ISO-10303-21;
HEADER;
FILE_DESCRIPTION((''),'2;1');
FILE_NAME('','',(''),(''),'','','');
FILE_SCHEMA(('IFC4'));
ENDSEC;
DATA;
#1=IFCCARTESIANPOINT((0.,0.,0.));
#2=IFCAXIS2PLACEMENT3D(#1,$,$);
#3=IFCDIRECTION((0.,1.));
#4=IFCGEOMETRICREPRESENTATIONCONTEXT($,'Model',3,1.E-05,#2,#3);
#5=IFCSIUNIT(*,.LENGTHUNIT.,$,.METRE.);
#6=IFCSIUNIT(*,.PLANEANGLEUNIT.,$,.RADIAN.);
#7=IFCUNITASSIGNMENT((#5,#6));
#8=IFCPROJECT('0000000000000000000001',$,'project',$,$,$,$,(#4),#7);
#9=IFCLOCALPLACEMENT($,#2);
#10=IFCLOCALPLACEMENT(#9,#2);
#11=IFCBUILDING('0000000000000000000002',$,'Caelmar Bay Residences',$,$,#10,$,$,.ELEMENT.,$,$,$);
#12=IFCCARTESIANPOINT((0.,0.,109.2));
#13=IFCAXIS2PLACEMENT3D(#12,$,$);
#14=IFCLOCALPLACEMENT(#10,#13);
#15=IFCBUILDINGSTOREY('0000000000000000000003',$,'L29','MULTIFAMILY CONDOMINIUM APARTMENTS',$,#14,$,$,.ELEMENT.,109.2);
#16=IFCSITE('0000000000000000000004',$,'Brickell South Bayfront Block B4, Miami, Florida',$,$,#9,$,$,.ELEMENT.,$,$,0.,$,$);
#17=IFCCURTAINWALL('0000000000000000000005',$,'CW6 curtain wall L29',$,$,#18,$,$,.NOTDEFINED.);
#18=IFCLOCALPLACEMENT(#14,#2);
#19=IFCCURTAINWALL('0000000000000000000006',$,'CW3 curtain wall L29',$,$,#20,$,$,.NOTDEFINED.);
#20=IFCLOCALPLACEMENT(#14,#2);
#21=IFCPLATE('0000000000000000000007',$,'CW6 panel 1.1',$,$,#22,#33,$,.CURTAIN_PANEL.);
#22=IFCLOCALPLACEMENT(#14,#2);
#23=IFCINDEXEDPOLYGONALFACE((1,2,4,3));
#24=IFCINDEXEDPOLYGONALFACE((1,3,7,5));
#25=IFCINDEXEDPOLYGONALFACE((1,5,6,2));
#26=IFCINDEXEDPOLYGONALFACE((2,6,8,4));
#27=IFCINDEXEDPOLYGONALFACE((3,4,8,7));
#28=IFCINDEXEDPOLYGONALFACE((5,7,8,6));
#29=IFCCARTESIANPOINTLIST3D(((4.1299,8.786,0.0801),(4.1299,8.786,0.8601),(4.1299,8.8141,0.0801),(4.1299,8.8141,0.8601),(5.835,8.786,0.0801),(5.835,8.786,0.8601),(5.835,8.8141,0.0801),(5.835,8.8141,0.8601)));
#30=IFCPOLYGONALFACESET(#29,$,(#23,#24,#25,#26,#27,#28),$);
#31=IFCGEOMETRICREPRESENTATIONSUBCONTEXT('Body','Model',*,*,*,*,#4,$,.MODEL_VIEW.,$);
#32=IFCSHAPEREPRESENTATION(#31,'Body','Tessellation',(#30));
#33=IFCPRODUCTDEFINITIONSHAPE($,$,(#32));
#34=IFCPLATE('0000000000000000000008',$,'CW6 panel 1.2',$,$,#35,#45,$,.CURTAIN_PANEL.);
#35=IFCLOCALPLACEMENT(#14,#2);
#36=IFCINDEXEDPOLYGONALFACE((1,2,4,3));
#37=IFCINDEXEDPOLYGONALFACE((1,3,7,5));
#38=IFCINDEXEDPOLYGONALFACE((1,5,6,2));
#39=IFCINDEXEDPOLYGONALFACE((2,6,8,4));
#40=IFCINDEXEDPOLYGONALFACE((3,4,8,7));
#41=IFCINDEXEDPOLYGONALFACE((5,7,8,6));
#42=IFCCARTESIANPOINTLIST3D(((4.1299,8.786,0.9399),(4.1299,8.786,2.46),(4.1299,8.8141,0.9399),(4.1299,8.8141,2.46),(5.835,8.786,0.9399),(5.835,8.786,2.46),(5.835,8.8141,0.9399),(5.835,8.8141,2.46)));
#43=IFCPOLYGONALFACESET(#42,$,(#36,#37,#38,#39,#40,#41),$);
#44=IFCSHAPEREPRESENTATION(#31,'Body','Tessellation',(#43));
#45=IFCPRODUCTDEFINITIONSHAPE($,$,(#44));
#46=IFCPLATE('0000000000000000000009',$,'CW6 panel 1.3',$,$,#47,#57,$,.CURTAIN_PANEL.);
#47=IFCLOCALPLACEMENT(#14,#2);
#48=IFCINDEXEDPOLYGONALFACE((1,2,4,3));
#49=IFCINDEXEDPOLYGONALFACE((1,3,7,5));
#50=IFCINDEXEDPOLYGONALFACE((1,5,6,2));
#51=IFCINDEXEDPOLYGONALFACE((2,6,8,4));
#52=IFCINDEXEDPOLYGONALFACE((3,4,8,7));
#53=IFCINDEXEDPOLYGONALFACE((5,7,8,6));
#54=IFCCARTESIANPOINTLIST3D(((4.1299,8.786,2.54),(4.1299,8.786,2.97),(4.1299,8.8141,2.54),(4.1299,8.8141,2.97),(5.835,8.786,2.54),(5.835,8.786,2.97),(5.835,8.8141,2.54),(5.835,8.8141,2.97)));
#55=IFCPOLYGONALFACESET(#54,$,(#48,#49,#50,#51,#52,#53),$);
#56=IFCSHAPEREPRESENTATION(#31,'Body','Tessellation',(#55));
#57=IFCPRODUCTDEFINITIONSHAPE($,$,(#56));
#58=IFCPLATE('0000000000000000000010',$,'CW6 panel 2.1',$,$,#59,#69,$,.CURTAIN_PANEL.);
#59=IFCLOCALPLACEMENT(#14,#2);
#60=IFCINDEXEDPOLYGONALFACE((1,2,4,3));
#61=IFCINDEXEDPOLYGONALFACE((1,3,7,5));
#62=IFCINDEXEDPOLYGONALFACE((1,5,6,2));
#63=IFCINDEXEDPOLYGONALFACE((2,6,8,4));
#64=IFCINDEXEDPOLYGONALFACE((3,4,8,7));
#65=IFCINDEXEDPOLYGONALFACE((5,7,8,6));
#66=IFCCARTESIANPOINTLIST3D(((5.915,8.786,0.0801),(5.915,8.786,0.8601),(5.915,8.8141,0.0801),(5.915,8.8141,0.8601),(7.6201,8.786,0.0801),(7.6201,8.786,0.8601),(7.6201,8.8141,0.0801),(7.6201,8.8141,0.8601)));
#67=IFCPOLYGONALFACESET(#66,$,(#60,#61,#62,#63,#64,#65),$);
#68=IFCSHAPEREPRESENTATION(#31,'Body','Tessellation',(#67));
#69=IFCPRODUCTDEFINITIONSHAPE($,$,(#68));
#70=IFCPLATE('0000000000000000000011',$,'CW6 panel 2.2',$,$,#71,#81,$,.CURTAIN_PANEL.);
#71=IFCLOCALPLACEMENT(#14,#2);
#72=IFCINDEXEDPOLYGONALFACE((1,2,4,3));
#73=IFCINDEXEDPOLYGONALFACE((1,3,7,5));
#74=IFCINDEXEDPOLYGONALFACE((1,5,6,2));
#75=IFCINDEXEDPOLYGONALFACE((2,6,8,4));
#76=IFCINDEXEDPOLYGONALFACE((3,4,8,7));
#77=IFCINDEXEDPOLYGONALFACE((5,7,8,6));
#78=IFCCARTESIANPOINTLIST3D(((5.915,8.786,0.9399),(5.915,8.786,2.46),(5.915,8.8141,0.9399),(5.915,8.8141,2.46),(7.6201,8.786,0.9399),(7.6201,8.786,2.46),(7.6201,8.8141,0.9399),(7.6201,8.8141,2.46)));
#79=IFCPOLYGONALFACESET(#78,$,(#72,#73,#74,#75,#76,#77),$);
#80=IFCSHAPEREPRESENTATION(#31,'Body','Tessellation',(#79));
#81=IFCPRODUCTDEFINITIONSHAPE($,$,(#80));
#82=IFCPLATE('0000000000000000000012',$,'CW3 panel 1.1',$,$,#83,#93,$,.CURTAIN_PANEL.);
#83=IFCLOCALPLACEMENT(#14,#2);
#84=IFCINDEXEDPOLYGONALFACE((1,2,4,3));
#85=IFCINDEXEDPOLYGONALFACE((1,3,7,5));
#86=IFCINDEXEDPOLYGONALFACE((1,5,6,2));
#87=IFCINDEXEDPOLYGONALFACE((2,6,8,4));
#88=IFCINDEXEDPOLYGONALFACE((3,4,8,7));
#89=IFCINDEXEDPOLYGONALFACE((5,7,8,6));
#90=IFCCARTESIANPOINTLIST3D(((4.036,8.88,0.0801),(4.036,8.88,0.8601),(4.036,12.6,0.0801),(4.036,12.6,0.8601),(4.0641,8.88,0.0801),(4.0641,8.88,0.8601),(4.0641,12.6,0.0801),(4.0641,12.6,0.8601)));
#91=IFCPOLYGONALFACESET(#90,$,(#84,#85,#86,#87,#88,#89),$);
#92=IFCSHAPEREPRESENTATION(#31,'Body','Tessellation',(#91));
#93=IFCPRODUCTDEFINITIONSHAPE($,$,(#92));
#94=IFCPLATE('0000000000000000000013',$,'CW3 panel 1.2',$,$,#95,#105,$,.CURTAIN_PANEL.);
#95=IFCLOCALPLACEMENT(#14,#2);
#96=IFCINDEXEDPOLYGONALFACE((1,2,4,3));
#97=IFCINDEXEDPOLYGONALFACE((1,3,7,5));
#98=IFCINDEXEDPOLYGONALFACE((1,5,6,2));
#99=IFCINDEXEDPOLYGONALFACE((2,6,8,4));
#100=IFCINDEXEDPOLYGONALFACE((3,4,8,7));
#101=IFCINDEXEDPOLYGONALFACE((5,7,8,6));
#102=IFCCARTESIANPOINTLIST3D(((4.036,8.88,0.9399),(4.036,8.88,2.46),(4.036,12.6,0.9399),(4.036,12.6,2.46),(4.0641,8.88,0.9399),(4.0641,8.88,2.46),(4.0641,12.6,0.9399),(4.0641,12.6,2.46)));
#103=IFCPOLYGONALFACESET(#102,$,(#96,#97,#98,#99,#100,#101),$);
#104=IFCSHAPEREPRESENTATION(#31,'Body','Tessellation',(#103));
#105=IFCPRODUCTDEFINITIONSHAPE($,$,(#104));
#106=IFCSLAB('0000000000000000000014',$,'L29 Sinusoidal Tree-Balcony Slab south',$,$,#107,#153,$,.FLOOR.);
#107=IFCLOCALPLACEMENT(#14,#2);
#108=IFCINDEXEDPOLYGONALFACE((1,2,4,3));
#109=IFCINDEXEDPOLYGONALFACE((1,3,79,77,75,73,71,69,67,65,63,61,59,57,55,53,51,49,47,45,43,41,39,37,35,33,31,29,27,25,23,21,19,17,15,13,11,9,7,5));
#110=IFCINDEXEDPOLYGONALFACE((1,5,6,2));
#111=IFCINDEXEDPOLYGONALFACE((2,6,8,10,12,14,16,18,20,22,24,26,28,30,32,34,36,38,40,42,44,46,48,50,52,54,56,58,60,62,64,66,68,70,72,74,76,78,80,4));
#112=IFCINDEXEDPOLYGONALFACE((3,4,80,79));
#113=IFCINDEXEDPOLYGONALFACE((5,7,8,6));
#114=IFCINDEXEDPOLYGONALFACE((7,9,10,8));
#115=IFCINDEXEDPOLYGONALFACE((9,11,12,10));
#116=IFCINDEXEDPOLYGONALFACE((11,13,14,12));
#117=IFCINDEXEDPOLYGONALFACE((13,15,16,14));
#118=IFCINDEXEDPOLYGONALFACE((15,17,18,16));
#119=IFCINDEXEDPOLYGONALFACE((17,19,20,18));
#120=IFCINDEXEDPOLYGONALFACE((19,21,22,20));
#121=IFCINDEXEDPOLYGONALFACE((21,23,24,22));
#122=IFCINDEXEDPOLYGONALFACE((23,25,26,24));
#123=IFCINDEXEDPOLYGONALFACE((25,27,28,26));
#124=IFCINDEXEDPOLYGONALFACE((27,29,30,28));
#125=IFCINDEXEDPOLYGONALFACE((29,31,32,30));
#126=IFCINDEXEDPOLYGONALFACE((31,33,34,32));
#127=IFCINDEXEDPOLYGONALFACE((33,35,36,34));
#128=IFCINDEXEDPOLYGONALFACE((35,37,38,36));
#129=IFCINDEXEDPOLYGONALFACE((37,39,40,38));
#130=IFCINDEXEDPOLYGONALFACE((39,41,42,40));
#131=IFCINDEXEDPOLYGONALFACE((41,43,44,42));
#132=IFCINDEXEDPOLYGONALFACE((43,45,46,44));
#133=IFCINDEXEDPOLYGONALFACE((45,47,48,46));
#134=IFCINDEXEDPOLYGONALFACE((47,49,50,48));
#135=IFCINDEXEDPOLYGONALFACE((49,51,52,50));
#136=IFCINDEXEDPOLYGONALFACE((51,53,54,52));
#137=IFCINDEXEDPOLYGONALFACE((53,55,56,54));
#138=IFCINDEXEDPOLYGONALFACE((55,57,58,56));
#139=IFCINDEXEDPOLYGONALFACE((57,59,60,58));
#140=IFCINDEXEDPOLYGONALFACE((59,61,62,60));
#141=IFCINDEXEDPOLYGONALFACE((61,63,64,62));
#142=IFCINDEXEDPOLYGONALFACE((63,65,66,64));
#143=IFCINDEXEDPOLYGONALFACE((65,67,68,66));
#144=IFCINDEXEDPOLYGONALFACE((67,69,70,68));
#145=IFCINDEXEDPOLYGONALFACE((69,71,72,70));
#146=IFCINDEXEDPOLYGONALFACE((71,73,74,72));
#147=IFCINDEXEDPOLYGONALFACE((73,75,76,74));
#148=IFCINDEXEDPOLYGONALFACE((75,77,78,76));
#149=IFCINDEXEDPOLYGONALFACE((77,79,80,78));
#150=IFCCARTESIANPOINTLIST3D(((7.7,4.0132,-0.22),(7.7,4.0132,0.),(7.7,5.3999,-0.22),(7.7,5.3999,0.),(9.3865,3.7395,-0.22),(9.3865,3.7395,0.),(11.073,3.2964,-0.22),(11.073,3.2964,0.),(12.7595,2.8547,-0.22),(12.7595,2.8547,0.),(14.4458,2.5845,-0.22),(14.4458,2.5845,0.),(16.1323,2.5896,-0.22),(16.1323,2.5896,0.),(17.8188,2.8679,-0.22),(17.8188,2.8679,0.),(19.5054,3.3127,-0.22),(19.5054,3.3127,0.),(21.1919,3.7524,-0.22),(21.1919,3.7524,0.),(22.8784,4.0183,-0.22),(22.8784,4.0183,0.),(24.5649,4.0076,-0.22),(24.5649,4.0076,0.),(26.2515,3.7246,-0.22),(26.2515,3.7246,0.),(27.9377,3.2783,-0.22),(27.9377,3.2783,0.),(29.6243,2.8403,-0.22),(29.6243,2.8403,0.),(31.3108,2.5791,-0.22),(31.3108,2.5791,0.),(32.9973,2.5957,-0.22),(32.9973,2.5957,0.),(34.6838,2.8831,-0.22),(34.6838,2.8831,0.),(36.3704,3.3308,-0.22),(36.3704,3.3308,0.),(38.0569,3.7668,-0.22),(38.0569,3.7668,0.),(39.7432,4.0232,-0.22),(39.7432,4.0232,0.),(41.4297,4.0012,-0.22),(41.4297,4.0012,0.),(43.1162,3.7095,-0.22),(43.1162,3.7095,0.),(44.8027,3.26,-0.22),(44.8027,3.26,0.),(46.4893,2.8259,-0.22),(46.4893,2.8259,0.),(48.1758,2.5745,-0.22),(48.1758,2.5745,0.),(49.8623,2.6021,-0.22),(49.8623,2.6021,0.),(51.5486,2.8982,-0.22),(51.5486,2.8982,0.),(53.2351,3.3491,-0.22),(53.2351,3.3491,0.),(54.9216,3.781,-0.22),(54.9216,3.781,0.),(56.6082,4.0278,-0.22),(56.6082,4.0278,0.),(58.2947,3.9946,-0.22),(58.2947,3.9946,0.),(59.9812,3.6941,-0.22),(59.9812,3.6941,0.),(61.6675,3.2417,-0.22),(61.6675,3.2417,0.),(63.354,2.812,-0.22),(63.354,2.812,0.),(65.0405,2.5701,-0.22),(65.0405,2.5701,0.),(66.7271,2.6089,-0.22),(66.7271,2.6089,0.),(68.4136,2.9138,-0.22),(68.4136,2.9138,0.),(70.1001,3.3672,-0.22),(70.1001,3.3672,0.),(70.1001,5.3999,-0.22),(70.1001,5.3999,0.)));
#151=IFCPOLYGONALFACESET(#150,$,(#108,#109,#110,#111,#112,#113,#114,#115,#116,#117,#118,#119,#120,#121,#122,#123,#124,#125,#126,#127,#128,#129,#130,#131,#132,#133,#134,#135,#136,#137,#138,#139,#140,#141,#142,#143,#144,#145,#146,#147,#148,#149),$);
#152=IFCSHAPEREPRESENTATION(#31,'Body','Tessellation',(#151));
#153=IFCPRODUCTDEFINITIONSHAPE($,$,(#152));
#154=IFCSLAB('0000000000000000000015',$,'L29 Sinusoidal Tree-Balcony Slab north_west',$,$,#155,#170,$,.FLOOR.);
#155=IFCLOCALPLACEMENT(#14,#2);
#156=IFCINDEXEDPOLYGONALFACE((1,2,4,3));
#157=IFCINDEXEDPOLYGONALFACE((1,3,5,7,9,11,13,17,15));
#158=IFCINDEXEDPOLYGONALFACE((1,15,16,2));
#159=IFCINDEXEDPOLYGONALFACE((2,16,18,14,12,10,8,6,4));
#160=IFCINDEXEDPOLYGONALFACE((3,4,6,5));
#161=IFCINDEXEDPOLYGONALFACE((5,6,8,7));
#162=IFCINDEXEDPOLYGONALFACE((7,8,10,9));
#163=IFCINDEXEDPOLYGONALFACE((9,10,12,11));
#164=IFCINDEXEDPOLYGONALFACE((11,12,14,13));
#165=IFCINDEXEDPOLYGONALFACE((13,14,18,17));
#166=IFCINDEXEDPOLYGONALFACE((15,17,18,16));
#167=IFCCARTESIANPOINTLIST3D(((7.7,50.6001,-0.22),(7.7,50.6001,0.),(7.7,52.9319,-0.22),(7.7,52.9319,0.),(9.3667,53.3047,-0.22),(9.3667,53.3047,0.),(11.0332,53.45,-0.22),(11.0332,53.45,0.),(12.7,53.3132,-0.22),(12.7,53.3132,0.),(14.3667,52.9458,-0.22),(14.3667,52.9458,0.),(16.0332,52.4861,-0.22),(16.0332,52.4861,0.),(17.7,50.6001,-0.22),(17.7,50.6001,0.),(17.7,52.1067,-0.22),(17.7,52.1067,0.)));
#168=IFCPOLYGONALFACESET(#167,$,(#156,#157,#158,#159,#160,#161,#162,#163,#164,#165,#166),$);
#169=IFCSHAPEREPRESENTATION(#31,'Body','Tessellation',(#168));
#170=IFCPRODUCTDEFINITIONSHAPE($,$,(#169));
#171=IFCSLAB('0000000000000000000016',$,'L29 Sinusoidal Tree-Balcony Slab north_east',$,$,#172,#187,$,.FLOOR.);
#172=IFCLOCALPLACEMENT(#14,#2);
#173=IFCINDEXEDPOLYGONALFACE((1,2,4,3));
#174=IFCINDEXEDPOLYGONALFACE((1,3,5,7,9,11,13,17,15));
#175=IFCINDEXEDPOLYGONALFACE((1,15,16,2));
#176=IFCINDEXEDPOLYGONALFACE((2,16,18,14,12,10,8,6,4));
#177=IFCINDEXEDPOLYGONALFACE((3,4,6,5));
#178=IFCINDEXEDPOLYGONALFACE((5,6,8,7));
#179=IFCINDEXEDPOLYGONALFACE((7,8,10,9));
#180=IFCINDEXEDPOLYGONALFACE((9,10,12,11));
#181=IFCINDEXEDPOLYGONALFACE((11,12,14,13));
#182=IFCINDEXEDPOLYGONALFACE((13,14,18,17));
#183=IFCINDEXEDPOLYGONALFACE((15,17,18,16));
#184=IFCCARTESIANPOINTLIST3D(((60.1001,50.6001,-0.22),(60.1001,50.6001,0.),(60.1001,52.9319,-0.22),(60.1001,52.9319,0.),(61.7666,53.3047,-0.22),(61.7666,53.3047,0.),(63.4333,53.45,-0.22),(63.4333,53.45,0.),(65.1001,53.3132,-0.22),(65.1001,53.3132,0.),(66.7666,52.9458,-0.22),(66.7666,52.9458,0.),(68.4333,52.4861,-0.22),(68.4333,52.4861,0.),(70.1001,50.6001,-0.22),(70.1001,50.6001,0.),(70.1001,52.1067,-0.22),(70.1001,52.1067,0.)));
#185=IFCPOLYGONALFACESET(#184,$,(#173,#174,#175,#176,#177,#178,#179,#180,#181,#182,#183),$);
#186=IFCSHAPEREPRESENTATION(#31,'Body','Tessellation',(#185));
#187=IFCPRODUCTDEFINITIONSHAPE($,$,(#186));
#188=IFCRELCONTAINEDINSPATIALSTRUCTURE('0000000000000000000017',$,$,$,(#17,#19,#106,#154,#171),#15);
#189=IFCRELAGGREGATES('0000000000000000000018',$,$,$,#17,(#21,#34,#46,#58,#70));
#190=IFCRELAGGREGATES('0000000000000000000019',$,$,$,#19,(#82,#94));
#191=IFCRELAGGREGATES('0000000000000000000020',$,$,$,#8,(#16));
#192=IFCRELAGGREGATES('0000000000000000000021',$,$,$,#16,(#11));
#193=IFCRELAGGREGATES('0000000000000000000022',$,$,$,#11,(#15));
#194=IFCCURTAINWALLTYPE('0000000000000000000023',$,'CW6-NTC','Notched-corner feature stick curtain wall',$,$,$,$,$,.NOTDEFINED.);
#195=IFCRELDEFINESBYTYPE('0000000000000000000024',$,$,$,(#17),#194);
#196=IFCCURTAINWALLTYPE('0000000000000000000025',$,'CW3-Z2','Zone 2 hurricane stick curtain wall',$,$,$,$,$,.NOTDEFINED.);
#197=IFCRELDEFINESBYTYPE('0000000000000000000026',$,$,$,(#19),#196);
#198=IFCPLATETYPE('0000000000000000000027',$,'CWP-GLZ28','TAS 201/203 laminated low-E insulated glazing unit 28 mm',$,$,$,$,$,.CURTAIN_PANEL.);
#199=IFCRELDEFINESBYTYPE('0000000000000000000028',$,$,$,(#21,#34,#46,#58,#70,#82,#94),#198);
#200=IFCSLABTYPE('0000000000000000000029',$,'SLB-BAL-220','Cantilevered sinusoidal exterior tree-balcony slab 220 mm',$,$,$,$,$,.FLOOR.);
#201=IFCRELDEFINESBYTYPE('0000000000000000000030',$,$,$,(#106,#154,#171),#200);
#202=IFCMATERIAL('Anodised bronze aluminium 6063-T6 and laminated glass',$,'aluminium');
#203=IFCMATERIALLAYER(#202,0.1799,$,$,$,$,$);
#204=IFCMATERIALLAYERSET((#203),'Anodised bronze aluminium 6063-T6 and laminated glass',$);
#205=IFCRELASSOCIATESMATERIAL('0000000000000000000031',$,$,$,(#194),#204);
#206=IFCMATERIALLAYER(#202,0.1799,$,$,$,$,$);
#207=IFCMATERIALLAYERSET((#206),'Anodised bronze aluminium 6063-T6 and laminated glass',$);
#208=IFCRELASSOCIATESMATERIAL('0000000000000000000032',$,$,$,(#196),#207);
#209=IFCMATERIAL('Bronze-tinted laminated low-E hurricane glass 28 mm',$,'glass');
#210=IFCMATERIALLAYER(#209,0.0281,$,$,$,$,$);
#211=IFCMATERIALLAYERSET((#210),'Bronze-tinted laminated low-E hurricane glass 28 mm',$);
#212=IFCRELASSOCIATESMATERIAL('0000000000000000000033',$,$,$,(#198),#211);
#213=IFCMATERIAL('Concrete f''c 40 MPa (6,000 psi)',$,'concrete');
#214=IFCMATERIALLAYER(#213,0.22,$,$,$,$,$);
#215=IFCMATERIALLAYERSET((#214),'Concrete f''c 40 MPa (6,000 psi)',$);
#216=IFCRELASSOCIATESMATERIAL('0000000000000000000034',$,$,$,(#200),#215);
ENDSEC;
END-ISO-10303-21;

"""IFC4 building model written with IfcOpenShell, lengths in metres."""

from ifc_helpers import new_model, si_unit, direction, frame, origin, origin_2d, place, context, subcontext, project, spatial, polyline, rectangle, outline, extrude, material, layer, layer_set, type_object, element, aggregate, save


model = new_model("IFC4")

# Units and contexts
model_context = context("Model", 3, precision=1e-05, world=origin(), true_north=direction((0.0, 1.0)))
body_context = subcontext(model_context, "Body", "Model", "MODEL_VIEW")
ifc_project = project(units=[si_unit("LENGTHUNIT", "METRE"), si_unit("PLANEANGLEUNIT", "RADIAN")], contexts=[model_context])

# Site, building, storey
site_placement = place(None, origin())
site = spatial("IfcSite", under=ifc_project, at=site_placement, Name="Brickell South Bayfront Block B4, Miami, Florida", CompositionType="ELEMENT", RefElevation=0.0)
building_placement = place(site_placement, origin())
building = spatial("IfcBuilding", under=site, at=building_placement, Name="Caelmar Bay Residences", CompositionType="ELEMENT")
storey_placement = place(building_placement, frame((0.0, 0.0, 109.2)))
storey = spatial("IfcBuildingStorey", under=building, at=storey_placement, Name="L29", Description="MULTIFAMILY CONDOMINIUM APARTMENTS", CompositionType="ELEMENT", Elevation=109.2)

# Curtain wall
ifc_material_1 = material(Name="Anodised bronze aluminium 6063-T6 and laminated glass", Category="aluminium")
ifc_layer_1 = layer(ifc_material_1, 0.1799)
ifc_layer_set_1 = layer_set([ifc_layer_1], Name="Anodised bronze aluminium 6063-T6 and laminated glass")
curtain_wall_type_1 = type_object("IfcCurtainWallType", Name="CW6-NTC", Description="Notched-corner feature stick curtain wall", PredefinedType="NOTDEFINED", material=ifc_layer_set_1)
curtain_wall_1_placement = place(storey_placement, origin())
curtain_wall_1 = element("IfcCurtainWall", 1, at=curtain_wall_1_placement, inside=storey, type_object=curtain_wall_type_1, Name="CW6 curtain wall L29", PredefinedType="NOTDEFINED")

# Curtain wall
ifc_layer_2 = layer(ifc_material_1, 0.1799)
ifc_layer_set_2 = layer_set([ifc_layer_2], Name="Anodised bronze aluminium 6063-T6 and laminated glass")
curtain_wall_type_2 = type_object("IfcCurtainWallType", Name="CW3-Z2", Description="Zone 2 hurricane stick curtain wall", PredefinedType="NOTDEFINED", material=ifc_layer_set_2)
curtain_wall_2_placement = place(storey_placement, origin())
curtain_wall_2 = element("IfcCurtainWall", 2, at=curtain_wall_2_placement, inside=storey, type_object=curtain_wall_type_2, Name="CW3 curtain wall L29", PredefinedType="NOTDEFINED")

# Plates
ifc_material_2 = material(Name="Bronze-tinted laminated low-E hurricane glass 28 mm", Category="glass")
ifc_layer_3 = layer(ifc_material_2, 0.0281)
ifc_layer_set_3 = layer_set([ifc_layer_3], Name="Bronze-tinted laminated low-E hurricane glass 28 mm")
plate_type = type_object("IfcPlateType", Name="CWP-GLZ28", Description="TAS 201/203 laminated low-E insulated glazing unit 28 mm", PredefinedType="CURTAIN_PANEL", material=ifc_layer_set_3)
plate_1_placement = place(storey_placement, frame((4.9824, 8.8, 0.0801), z_axis=(0.0, 0.0, 1.0), x_axis=(1.0, 0.0, 0.0)))
plate_1 = element("IfcPlate", 3, at=plate_1_placement, type_object=plate_type, Name="CW6 panel 1.1", PredefinedType="CURTAIN_PANEL", context=body_context, shape_type="SweptSolid", body=[
    extrude(rectangle(XDim=1.7051, YDim=0.0281, at=origin_2d()), origin(), (0.0, 0.0, 1.0), 0.78),
])
plate_2_placement = place(storey_placement, frame((4.9824, 8.8, 0.9399), z_axis=(0.0, 0.0, 1.0), x_axis=(1.0, 0.0, 0.0)))
plate_2 = element("IfcPlate", 4, at=plate_2_placement, type_object=plate_type, Name="CW6 panel 1.2", PredefinedType="CURTAIN_PANEL", context=body_context, shape_type="SweptSolid", body=[
    extrude(rectangle(XDim=1.7051, YDim=0.0281, at=origin_2d()), origin(), (0.0, 0.0, 1.0), 1.52),
])
plate_3_placement = place(storey_placement, frame((4.9824, 8.8, 2.54), z_axis=(0.0, 0.0, 1.0), x_axis=(1.0, 0.0, 0.0)))
plate_3 = element("IfcPlate", 5, at=plate_3_placement, type_object=plate_type, Name="CW6 panel 1.3", PredefinedType="CURTAIN_PANEL", context=body_context, shape_type="SweptSolid", body=[
    extrude(rectangle(XDim=1.7051, YDim=0.0281, at=origin_2d()), origin(), (0.0, 0.0, 1.0), 0.4299),
])
plate_4_placement = place(storey_placement, frame((6.7676, 8.8, 0.0801), z_axis=(0.0, 0.0, 1.0), x_axis=(1.0, 0.0, 0.0)))
plate_4 = element("IfcPlate", 6, at=plate_4_placement, type_object=plate_type, Name="CW6 panel 2.1", PredefinedType="CURTAIN_PANEL", context=body_context, shape_type="SweptSolid", body=[
    extrude(rectangle(XDim=1.7051, YDim=0.0281, at=origin_2d()), origin(), (0.0, 0.0, 1.0), 0.78),
])
plate_5_placement = place(storey_placement, frame((6.7676, 8.8, 0.9399), z_axis=(0.0, 0.0, 1.0), x_axis=(1.0, 0.0, 0.0)))
plate_5 = element("IfcPlate", 7, at=plate_5_placement, type_object=plate_type, Name="CW6 panel 2.2", PredefinedType="CURTAIN_PANEL", context=body_context, shape_type="SweptSolid", body=[
    extrude(rectangle(XDim=1.7051, YDim=0.0281, at=origin_2d()), origin(), (0.0, 0.0, 1.0), 1.52),
])
aggregate(curtain_wall_1, [plate_1, plate_2, plate_3, plate_4, plate_5])
plate_6_placement = place(storey_placement, frame((4.05, 10.74, 0.0801), z_axis=(0.0, 0.0, 1.0), x_axis=(0.0, 1.0, 0.0)))
plate_6 = element("IfcPlate", 8, at=plate_6_placement, type_object=plate_type, Name="CW3 panel 1.1", PredefinedType="CURTAIN_PANEL", context=body_context, shape_type="SweptSolid", body=[
    extrude(rectangle(XDim=3.72, YDim=0.0281, at=origin_2d()), origin(), (0.0, 0.0, 1.0), 0.78),
])
plate_7_placement = place(storey_placement, frame((4.05, 10.74, 0.9399), z_axis=(0.0, 0.0, 1.0), x_axis=(0.0, 1.0, 0.0)))
plate_7 = element("IfcPlate", 9, at=plate_7_placement, type_object=plate_type, Name="CW3 panel 1.2", PredefinedType="CURTAIN_PANEL", context=body_context, shape_type="SweptSolid", body=[
    extrude(rectangle(XDim=3.72, YDim=0.0281, at=origin_2d()), origin(), (0.0, 0.0, 1.0), 1.52),
])
aggregate(curtain_wall_2, [plate_6, plate_7])

# Slabs
ifc_material_3 = material(Name="Concrete f'c 40 MPa (6,000 psi)", Category="concrete")
ifc_layer_4 = layer(ifc_material_3, 0.22)
ifc_layer_set_4 = layer_set([ifc_layer_4], Name="Concrete f'c 40 MPa (6,000 psi)")
slab_type_1 = type_object("IfcSlabType", Name="SLB-BAL-220", Description="Cantilevered sinusoidal exterior tree-balcony slab 220 mm", PredefinedType="FLOOR", material=ifc_layer_set_4)
slab_1_placement = place(storey_placement, frame((0.0, 0.0, -0.22)))
element("IfcSlab", 10, at=slab_1_placement, inside=storey, type_object=slab_type_1, Name="L29 Sinusoidal Tree-Balcony Slab south", PredefinedType="FLOOR", context=body_context, shape_type="SweptSolid", body=[
    extrude(outline(polyline([(7.7, 4.0132), (9.3865, 3.7395), (11.073, 3.2964), (12.7595, 2.8547), (14.4458, 2.5845), (16.1323, 2.5896), (17.8188, 2.8679), (19.5054, 3.3127), (21.1919, 3.7524), (22.8784, 4.0183), (24.5649, 4.0076), (26.2515, 3.7246), (27.9377, 3.2783), (29.6243, 2.8403), (31.3108, 2.5791), (32.9973, 2.5957), (34.6838, 2.8831), (36.3704, 3.3308), (38.0569, 3.7668), (39.7432, 4.0232), (41.4297, 4.0012), (43.1162, 3.7095), (44.8027, 3.26), (46.4893, 2.8259), (48.1758, 2.5745), (49.8623, 2.6021), (51.5486, 2.8982), (53.2351, 3.3491), (54.9216, 3.781), (56.6082, 4.0278), (58.2947, 3.9946), (59.9812, 3.6941), (61.6675, 3.2417), (63.354, 2.812), (65.0405, 2.5701), (66.7271, 2.6089), (68.4136, 2.9138), (70.1001, 3.3672), (70.1001, 5.3999), (7.7, 5.3999), (7.7, 4.0132)])), origin(), (0.0, 0.0, 1.0), 0.22),
])
slab_2_placement = place(storey_placement, frame((0.0, 0.0, -0.22)))
element("IfcSlab", 11, at=slab_2_placement, inside=storey, type_object=slab_type_1, Name="L29 Sinusoidal Tree-Balcony Slab north_west", PredefinedType="FLOOR", context=body_context, shape_type="SweptSolid", body=[
    extrude(outline(polyline([(7.7, 50.6001), (17.7, 50.6001), (17.7, 52.1067), (16.0332, 52.4861), (14.3667, 52.9458), (12.7, 53.3132), (11.0332, 53.45), (9.3667, 53.3047), (7.7, 52.9319), (7.7, 50.6001)])), origin(), (0.0, 0.0, 1.0), 0.22),
])
slab_3_placement = place(storey_placement, frame((0.0, 0.0, -0.22)))
element("IfcSlab", 12, at=slab_3_placement, inside=storey, type_object=slab_type_1, Name="L29 Sinusoidal Tree-Balcony Slab north_east", PredefinedType="FLOOR", context=body_context, shape_type="SweptSolid", body=[
    extrude(outline(polyline([(60.1001, 50.6001), (70.1001, 50.6001), (70.1001, 52.1067), (68.4333, 52.4861), (66.7666, 52.9458), (65.1001, 53.3132), (63.4333, 53.45), (61.7666, 53.3047), (60.1001, 52.9319), (60.1001, 50.6001)])), origin(), (0.0, 0.0, 1.0), 0.22),
])

save(model, "model.ifc")
